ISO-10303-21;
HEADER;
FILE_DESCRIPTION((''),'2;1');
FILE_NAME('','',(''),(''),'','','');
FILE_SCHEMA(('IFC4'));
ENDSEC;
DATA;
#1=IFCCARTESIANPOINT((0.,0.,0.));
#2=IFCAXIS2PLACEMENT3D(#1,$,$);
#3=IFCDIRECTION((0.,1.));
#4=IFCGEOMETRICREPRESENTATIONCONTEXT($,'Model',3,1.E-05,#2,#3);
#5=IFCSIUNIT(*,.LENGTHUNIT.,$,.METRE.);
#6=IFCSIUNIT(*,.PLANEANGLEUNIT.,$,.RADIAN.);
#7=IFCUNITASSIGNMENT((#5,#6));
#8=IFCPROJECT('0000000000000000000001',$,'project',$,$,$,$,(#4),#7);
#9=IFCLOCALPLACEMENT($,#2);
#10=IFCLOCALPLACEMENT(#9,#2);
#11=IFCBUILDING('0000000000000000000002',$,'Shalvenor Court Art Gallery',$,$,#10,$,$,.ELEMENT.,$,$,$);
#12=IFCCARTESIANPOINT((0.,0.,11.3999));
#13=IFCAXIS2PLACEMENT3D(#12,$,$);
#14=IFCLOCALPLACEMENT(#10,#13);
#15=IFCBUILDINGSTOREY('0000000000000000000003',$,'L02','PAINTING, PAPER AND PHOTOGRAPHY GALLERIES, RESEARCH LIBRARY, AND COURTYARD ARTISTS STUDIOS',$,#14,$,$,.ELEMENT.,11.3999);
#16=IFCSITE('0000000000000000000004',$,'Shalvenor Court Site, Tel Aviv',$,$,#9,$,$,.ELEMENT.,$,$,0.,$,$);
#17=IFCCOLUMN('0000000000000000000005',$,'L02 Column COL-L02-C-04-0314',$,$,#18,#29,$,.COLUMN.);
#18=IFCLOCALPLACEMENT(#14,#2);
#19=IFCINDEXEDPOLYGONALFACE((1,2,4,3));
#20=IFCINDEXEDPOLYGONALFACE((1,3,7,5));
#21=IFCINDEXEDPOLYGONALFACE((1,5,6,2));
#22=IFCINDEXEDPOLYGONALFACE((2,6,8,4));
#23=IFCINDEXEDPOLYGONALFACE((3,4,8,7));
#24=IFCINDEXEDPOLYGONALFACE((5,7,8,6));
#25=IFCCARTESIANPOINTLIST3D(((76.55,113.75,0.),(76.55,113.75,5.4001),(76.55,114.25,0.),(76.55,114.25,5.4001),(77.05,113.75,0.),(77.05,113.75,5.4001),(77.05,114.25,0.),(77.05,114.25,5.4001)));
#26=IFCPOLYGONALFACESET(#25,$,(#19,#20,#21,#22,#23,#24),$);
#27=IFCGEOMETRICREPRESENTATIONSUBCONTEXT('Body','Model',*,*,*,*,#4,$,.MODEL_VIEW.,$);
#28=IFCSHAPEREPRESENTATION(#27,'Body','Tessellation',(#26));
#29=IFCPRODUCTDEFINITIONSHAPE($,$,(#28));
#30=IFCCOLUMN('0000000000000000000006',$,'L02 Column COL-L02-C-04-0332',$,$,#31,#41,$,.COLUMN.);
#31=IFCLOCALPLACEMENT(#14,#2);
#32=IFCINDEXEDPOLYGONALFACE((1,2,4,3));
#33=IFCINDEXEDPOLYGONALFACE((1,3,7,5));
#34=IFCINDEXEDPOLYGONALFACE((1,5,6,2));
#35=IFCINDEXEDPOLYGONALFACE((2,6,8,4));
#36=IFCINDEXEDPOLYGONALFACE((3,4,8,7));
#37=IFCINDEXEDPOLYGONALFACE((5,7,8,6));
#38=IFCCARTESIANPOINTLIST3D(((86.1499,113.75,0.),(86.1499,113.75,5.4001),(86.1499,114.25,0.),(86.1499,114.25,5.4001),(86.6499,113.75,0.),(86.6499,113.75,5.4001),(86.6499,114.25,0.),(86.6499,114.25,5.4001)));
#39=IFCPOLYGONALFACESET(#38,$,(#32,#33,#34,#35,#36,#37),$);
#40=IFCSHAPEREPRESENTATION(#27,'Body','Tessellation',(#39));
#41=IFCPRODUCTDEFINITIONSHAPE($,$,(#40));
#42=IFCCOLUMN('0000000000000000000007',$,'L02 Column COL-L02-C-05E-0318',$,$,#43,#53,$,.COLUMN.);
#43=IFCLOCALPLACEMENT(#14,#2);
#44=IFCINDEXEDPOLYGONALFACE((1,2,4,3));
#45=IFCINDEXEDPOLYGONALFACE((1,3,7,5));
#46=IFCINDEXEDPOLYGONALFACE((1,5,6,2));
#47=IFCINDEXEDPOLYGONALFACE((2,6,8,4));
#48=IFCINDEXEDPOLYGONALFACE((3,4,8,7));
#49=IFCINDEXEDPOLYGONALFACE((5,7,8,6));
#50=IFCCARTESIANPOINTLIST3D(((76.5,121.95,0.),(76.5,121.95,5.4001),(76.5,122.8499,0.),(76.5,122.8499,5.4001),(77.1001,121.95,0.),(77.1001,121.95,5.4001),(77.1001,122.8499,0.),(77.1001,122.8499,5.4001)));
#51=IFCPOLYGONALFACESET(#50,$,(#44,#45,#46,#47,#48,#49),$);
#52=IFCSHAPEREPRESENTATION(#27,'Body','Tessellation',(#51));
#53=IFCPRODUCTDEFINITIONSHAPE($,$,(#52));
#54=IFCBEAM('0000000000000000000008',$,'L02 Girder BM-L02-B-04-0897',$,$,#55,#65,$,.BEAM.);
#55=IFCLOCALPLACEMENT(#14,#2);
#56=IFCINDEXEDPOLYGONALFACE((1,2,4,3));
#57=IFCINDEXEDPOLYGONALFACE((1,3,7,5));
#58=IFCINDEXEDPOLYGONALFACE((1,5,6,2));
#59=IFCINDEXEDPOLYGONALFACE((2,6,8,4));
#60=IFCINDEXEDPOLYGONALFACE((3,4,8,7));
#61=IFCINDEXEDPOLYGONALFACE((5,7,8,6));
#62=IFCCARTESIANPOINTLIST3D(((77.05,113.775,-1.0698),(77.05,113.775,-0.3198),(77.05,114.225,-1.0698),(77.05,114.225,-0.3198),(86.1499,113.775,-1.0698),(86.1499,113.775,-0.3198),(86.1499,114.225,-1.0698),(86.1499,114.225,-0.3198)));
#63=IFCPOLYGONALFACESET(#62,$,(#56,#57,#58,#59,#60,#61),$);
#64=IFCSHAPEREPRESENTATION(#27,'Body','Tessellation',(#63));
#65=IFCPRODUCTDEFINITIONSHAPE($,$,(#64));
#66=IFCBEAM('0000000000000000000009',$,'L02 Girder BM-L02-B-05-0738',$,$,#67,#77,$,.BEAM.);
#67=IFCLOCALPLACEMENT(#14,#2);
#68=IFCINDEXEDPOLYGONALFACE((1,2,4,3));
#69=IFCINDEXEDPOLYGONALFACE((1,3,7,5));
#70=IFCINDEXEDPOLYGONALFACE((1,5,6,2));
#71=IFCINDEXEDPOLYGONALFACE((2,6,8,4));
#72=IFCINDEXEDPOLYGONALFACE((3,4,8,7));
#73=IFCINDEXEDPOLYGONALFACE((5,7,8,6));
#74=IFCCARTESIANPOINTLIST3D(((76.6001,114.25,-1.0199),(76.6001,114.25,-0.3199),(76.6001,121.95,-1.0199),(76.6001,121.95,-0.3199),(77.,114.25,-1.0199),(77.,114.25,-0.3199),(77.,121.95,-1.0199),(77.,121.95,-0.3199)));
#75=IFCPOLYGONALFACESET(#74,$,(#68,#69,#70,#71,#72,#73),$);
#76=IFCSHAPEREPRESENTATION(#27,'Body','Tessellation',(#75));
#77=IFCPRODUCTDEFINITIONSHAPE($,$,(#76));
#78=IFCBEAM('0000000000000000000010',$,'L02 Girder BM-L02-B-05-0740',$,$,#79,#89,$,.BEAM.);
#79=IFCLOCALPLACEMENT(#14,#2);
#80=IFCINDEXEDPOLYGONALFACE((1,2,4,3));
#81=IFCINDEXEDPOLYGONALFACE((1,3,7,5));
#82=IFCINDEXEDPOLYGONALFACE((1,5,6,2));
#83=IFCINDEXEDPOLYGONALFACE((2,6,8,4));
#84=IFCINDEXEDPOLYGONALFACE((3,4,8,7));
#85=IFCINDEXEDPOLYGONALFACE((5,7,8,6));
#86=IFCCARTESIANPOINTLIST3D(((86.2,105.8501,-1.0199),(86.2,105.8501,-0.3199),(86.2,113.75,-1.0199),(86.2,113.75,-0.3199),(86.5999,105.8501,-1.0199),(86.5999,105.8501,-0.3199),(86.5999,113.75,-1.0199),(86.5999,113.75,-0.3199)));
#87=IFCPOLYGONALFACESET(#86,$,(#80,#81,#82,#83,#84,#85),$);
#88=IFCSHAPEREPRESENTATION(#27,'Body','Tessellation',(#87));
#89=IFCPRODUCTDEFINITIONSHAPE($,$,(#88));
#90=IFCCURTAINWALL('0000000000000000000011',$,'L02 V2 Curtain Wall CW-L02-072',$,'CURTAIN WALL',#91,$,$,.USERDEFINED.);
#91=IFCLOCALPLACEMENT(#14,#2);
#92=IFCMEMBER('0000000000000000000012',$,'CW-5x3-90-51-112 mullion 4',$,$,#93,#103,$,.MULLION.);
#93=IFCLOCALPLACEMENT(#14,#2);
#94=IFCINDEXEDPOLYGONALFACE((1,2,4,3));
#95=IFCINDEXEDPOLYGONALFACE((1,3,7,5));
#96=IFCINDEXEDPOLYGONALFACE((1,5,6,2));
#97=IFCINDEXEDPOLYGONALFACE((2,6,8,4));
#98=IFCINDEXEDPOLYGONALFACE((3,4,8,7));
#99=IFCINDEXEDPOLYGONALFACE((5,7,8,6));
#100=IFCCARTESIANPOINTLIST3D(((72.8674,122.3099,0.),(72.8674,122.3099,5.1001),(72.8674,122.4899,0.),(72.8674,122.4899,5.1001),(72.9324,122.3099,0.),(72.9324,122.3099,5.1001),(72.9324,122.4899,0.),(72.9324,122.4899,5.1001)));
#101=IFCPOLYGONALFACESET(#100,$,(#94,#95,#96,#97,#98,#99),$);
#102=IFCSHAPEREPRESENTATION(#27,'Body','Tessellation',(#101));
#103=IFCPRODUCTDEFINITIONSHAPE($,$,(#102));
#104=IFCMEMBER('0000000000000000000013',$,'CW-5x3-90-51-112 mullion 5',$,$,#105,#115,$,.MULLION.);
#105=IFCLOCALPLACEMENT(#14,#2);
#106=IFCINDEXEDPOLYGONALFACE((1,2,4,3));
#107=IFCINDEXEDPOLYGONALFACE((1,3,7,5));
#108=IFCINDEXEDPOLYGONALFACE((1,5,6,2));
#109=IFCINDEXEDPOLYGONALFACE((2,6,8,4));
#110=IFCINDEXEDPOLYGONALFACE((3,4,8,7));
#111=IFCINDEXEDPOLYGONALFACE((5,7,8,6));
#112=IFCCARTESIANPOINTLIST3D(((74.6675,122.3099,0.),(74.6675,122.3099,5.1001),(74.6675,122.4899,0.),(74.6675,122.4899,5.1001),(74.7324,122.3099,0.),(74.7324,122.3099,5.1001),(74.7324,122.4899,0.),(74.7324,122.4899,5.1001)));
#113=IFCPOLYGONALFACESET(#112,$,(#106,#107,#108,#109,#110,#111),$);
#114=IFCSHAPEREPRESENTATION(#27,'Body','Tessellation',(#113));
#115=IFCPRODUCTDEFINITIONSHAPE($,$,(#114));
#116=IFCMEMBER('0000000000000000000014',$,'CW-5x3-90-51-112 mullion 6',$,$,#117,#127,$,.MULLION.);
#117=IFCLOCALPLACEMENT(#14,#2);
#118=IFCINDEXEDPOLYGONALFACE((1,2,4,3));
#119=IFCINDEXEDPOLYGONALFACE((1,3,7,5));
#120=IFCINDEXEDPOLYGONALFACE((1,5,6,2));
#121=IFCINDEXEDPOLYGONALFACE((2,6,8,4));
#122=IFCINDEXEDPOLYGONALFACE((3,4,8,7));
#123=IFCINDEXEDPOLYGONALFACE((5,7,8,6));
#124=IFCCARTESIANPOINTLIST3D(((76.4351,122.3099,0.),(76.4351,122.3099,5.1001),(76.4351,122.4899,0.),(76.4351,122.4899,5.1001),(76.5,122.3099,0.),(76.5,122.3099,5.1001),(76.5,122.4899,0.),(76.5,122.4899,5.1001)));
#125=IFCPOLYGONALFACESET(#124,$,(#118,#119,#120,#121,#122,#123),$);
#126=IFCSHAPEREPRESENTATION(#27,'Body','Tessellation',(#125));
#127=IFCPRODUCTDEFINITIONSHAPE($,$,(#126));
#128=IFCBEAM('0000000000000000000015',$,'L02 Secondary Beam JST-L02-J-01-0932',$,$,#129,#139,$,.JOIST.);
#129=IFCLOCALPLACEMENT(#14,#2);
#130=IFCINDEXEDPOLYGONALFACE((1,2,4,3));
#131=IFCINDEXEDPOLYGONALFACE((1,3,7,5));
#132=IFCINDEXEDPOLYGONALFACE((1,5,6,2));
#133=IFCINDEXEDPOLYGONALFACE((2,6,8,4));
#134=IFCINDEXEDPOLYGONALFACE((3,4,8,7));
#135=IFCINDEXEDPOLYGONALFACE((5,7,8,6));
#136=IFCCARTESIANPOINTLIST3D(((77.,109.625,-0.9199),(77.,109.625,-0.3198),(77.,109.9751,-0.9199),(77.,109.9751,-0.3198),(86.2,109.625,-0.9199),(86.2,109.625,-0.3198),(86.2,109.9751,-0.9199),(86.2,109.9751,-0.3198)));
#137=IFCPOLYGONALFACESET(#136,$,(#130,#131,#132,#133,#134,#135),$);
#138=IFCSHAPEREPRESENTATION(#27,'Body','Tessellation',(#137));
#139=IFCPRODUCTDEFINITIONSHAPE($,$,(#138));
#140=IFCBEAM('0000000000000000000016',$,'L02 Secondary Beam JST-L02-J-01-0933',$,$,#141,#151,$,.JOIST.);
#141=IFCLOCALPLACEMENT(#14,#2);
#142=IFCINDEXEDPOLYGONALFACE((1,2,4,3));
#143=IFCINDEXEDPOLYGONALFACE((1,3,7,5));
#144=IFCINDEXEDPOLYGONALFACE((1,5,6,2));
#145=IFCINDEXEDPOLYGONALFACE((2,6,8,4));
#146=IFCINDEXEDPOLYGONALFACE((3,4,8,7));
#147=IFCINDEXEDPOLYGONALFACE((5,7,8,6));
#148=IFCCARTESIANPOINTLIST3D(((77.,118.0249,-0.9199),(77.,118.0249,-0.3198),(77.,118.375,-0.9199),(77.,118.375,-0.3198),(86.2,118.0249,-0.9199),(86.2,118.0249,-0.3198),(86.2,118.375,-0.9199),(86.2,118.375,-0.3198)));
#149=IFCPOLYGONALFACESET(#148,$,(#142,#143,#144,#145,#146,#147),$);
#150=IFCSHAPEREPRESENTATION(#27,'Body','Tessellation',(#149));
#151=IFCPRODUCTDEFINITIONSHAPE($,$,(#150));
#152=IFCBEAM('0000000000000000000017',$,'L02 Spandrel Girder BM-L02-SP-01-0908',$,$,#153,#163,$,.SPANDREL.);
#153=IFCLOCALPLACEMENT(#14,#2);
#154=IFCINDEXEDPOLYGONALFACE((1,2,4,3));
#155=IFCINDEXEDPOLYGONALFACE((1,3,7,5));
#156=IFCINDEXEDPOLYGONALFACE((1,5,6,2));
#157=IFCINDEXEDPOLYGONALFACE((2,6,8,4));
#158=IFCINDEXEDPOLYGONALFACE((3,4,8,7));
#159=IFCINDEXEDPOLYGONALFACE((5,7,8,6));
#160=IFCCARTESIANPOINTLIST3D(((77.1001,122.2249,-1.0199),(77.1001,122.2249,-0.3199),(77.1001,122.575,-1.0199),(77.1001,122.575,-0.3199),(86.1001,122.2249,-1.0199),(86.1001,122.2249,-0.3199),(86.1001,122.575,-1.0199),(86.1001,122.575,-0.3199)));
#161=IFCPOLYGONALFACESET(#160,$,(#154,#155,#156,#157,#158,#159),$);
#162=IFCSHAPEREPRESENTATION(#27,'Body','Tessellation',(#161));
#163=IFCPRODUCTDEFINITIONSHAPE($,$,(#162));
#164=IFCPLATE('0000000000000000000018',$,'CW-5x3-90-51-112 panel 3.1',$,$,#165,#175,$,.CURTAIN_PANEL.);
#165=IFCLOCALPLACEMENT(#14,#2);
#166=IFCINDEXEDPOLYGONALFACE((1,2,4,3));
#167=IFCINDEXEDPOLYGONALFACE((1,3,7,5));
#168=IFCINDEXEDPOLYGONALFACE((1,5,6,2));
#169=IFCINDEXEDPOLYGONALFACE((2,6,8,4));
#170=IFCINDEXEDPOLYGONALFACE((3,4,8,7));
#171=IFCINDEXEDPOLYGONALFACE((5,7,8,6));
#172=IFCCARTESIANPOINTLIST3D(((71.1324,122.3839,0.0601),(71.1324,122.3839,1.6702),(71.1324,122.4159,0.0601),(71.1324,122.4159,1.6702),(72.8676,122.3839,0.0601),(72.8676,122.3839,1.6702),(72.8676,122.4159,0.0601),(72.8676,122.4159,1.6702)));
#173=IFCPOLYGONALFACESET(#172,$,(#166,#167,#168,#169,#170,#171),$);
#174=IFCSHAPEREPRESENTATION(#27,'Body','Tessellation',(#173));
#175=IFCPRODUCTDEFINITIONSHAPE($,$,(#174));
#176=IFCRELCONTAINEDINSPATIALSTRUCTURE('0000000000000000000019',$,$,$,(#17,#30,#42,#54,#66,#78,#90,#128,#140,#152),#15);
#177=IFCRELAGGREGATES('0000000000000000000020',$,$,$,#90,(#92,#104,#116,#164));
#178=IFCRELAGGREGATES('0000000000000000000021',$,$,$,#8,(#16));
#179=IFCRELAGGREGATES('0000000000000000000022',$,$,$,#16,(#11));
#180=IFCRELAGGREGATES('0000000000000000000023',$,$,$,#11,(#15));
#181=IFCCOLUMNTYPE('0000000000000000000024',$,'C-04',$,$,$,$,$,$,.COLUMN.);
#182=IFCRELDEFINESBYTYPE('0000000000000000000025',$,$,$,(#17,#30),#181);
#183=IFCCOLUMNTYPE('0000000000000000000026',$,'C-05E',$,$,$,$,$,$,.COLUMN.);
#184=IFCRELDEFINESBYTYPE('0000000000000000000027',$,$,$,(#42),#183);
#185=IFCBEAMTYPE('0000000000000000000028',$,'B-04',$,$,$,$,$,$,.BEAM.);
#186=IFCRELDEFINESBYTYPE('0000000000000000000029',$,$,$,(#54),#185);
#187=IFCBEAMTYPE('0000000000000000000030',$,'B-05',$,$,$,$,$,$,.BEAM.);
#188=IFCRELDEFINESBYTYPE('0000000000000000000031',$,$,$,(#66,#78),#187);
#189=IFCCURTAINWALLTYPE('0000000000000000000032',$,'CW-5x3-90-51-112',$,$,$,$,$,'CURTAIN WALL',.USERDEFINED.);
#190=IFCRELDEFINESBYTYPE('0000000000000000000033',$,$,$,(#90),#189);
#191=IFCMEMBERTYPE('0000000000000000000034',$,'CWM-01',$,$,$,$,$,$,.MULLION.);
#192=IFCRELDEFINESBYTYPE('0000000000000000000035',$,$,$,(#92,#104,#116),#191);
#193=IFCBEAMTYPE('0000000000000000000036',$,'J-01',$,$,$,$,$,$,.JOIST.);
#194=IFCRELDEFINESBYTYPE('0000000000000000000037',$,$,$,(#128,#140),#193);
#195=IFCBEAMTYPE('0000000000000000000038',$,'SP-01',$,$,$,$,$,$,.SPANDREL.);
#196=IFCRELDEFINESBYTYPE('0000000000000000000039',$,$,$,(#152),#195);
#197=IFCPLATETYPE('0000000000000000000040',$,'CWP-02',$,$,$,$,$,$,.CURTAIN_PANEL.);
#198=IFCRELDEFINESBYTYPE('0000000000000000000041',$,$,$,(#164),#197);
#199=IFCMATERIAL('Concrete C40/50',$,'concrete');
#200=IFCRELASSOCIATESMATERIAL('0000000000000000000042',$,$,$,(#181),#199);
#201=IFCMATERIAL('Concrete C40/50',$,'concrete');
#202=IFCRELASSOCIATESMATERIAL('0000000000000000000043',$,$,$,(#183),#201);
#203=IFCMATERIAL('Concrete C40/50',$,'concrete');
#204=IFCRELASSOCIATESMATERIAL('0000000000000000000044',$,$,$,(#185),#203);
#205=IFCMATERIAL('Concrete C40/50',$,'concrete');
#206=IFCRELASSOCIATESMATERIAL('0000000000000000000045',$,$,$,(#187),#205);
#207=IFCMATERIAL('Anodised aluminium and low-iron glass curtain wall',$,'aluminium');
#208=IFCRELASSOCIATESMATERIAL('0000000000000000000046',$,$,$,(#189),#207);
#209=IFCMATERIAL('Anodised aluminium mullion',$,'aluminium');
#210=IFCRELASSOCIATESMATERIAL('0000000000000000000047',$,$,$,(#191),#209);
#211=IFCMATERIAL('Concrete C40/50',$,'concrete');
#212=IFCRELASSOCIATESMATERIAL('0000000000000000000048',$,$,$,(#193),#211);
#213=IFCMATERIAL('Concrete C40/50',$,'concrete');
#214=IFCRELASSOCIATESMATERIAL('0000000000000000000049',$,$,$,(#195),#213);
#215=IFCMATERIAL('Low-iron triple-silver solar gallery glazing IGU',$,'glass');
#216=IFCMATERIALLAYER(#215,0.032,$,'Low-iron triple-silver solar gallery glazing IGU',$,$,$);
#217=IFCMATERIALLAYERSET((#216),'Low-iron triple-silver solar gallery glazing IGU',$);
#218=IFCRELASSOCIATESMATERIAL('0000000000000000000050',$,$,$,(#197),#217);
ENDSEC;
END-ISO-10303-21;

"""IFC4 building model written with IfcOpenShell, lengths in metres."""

from ifc_helpers import new_model, si_unit, direction, frame, origin, origin_2d, place, context, subcontext, project, spatial, rectangle, extrude, material, layer, layer_set, material_profile, profile_set, type_object, element, aggregate, save


model = new_model("IFC4")

# Units and contexts
model_context = context("Model", 3, precision=1e-05, world=origin(), true_north=direction((0.0, 1.0)))
body_context = subcontext(model_context, "Body", "Model", "MODEL_VIEW")
ifc_project = project(units=[si_unit("LENGTHUNIT", "METRE"), si_unit("PLANEANGLEUNIT", "RADIAN")], contexts=[model_context])

# Site, building, storey
site_placement = place(None, origin())
site = spatial("IfcSite", under=ifc_project, at=site_placement, Name="Shalvenor Court Site, Tel Aviv", CompositionType="ELEMENT", RefElevation=0.0)
building_placement = place(site_placement, origin())
building = spatial("IfcBuilding", under=site, at=building_placement, Name="Shalvenor Court Art Gallery", CompositionType="ELEMENT")
storey_placement = place(building_placement, frame((0.0, 0.0, 11.3999)))
storey = spatial("IfcBuildingStorey", under=building, at=storey_placement, Name="L02", Description="PAINTING, PAPER AND PHOTOGRAPHY GALLERIES, RESEARCH LIBRARY, AND COURTYARD ARTISTS STUDIOS", CompositionType="ELEMENT", Elevation=11.3999)

# Columns
ifc_material_1 = material(Name="Concrete C40/50", Category="concrete")
ifc_material_profile_1 = material_profile(ifc_material_1, rectangle(XDim=0.5, YDim=0.5, at=origin_2d()), Name="RC 500x500")
ifc_profile_set_1 = profile_set([ifc_material_profile_1], Name="Concrete C40/50")
column_type_1 = type_object("IfcColumnType", Name="C-04", PredefinedType="COLUMN", material=ifc_profile_set_1)
for number, where, z_axis, x_axis, name in (
    (1, (76.8, 114.0, 0.0), (0.0, 0.0, 1.0), (1.0, 0.0, 0.0), "L02 Column COL-L02-C-04-0314"),
    (2, (86.3999, 114.0, 0.0), (0.0, 0.0, 1.0), (1.0, 0.0, 0.0), "L02 Column COL-L02-C-04-0332"),
):
    element("IfcColumn", number, at=place(storey_placement, frame(where, z_axis=z_axis, x_axis=x_axis)), inside=storey, type_object=column_type_1, Name=name, PredefinedType="COLUMN", context=body_context, shape_type="SweptSolid", body=[
        extrude(rectangle(XDim=0.5, YDim=0.5, at=origin_2d()), origin(), (0.0, 0.0, 1.0), 5.4001),
    ])
ifc_material_2 = material(Name="Concrete C40/50", Category="concrete")
ifc_material_profile_2 = material_profile(ifc_material_2, rectangle(XDim=0.6001, YDim=0.8999, at=origin_2d()), Name="RC 600x900")
ifc_profile_set_2 = profile_set([ifc_material_profile_2], Name="Concrete C40/50")
column_type_2 = type_object("IfcColumnType", Name="C-05E", PredefinedType="COLUMN", material=ifc_profile_set_2)
column_placement = place(storey_placement, frame((76.8, 122.3999, 0.0), z_axis=(0.0, 0.0, 1.0), x_axis=(1.0, 0.0, 0.0)))
element("IfcColumn", 3, at=column_placement, inside=storey, type_object=column_type_2, Name="L02 Column COL-L02-C-05E-0318", PredefinedType="COLUMN", context=body_context, shape_type="SweptSolid", body=[
    extrude(rectangle(XDim=0.6001, YDim=0.8999, at=origin_2d()), origin(), (0.0, 0.0, 1.0), 5.4001),
])

# Beams
ifc_material_3 = material(Name="Concrete C40/50", Category="concrete")
ifc_material_profile_3 = material_profile(ifc_material_3, rectangle(XDim=0.45, YDim=0.75, at=origin_2d()), Name="RC 450x750")
ifc_profile_set_3 = profile_set([ifc_material_profile_3], Name="Concrete C40/50")
beam_type_1 = type_object("IfcBeamType", Name="B-04", PredefinedType="BEAM", material=ifc_profile_set_3)
beam_1_placement = place(storey_placement, frame((77.05, 114.0, -0.6948), z_axis=(1.0, 0.0, 0.0), x_axis=(0.0, 1.0, 0.0)))
element("IfcBeam", 4, at=beam_1_placement, inside=storey, type_object=beam_type_1, Name="L02 Girder BM-L02-B-04-0897", PredefinedType="BEAM", context=body_context, shape_type="SweptSolid", body=[
    extrude(rectangle(XDim=0.45, YDim=0.75, at=origin_2d()), origin(), (0.0, 0.0, 1.0), 9.0999),
])
ifc_material_4 = material(Name="Concrete C40/50", Category="concrete")
ifc_material_profile_4 = material_profile(ifc_material_4, rectangle(XDim=0.3999, YDim=0.7, at=origin_2d()), Name="RC 400x700")
ifc_profile_set_4 = profile_set([ifc_material_profile_4], Name="Concrete C40/50")
beam_type_2 = type_object("IfcBeamType", Name="B-05", PredefinedType="BEAM", material=ifc_profile_set_4)
beam_2_placement = place(storey_placement, frame((76.8, 114.25, -0.6699), z_axis=(0.0, 1.0, 0.0), x_axis=(-1.0, 0.0, 0.0)))
element("IfcBeam", 5, at=beam_2_placement, inside=storey, type_object=beam_type_2, Name="L02 Girder BM-L02-B-05-0738", PredefinedType="BEAM", context=body_context, shape_type="SweptSolid", body=[
    extrude(rectangle(XDim=0.3999, YDim=0.7, at=origin_2d()), origin(), (0.0, 0.0, 1.0), 7.7),
])
beam_3_placement = place(storey_placement, frame((86.3999, 105.8501, -0.6699), z_axis=(0.0, 1.0, 0.0), x_axis=(-1.0, 0.0, 0.0)))
element("IfcBeam", 6, at=beam_3_placement, inside=storey, type_object=beam_type_2, Name="L02 Girder BM-L02-B-05-0740", PredefinedType="BEAM", context=body_context, shape_type="SweptSolid", body=[
    extrude(rectangle(XDim=0.3999, YDim=0.7, at=origin_2d()), origin(), (0.0, 0.0, 1.0), 7.8999),
])

# Curtain wall, members
ifc_material_5 = material(Name="Anodised aluminium and low-iron glass curtain wall", Category="aluminium")
curtain_wall_type = type_object("IfcCurtainWallType", Name="CW-5x3-90-51-112", ElementType="CURTAIN WALL", PredefinedType="USERDEFINED", material=ifc_material_5)
curtain_wall_placement = place(storey_placement, origin())
curtain_wall = element("IfcCurtainWall", 7, at=curtain_wall_placement, inside=storey, type_object=curtain_wall_type, Name="L02 V2 Curtain Wall CW-L02-072", ObjectType="CURTAIN WALL", PredefinedType="USERDEFINED")
ifc_material_6 = material(Name="Anodised aluminium mullion", Category="aluminium")
ifc_material_profile_5 = material_profile(ifc_material_6, rectangle(XDim=0.0649, YDim=0.1799, at=origin_2d()), Name="CWM-01")
ifc_profile_set_5 = profile_set([ifc_material_profile_5], Name="Anodised aluminium mullion")
member_type = type_object("IfcMemberType", Name="CWM-01", PredefinedType="MULLION", material=ifc_profile_set_5)
member_1_placement = place(storey_placement, frame((72.8999, 122.3999, 0.0), z_axis=(0.0, 0.0, 1.0), x_axis=(1.0, 0.0, 0.0)))
member_1 = element("IfcMember", 8, at=member_1_placement, type_object=member_type, Name="CW-5x3-90-51-112 mullion 4", PredefinedType="MULLION", context=body_context, shape_type="SweptSolid", body=[
    extrude(rectangle(XDim=0.0649, YDim=0.1799, at=origin_2d()), origin(), (0.0, 0.0, 1.0), 5.1001),
])
member_2_placement = place(storey_placement, frame((74.7, 122.3999, 0.0), z_axis=(0.0, 0.0, 1.0), x_axis=(1.0, 0.0, 0.0)))
member_2 = element("IfcMember", 9, at=member_2_placement, type_object=member_type, Name="CW-5x3-90-51-112 mullion 5", PredefinedType="MULLION", context=body_context, shape_type="SweptSolid", body=[
    extrude(rectangle(XDim=0.0649, YDim=0.1799, at=origin_2d()), origin(), (0.0, 0.0, 1.0), 5.1001),
])
member_3_placement = place(storey_placement, frame((76.4675, 122.3999, 0.0), z_axis=(0.0, 0.0, 1.0), x_axis=(1.0, 0.0, 0.0)))
member_3 = element("IfcMember", 10, at=member_3_placement, type_object=member_type, Name="CW-5x3-90-51-112 mullion 6", PredefinedType="MULLION", context=body_context, shape_type="SweptSolid", body=[
    extrude(rectangle(XDim=0.0649, YDim=0.1799, at=origin_2d()), origin(), (0.0, 0.0, 1.0), 5.1001),
])

# Beams
ifc_material_7 = material(Name="Concrete C40/50", Category="concrete")
ifc_material_profile_6 = material_profile(ifc_material_7, rectangle(XDim=0.3501, YDim=0.6001, at=origin_2d()), Name="RC 350x600")
ifc_profile_set_6 = profile_set([ifc_material_profile_6], Name="Concrete C40/50")
beam_type_3 = type_object("IfcBeamType", Name="J-01", PredefinedType="JOIST", material=ifc_profile_set_6)
for number, where, z_axis, x_axis, name in (
    (11, (77.0, 109.8, -0.6199), (1.0, 0.0, 0.0), (0.0, 1.0, 0.0), "L02 Secondary Beam JST-L02-J-01-0932"),
    (12, (77.0, 118.2, -0.6199), (1.0, 0.0, 0.0), (0.0, 1.0, 0.0), "L02 Secondary Beam JST-L02-J-01-0933"),
):
    element("IfcBeam", number, at=place(storey_placement, frame(where, z_axis=z_axis, x_axis=x_axis)), inside=storey, type_object=beam_type_3, Name=name, PredefinedType="JOIST", context=body_context, shape_type="SweptSolid", body=[
        extrude(rectangle(XDim=0.3501, YDim=0.6001, at=origin_2d()), origin(), (0.0, 0.0, 1.0), 9.2),
    ])
ifc_material_8 = material(Name="Concrete C40/50", Category="concrete")
ifc_material_profile_7 = material_profile(ifc_material_8, rectangle(XDim=0.3501, YDim=0.7, at=origin_2d()), Name="RC 350x700")
ifc_profile_set_7 = profile_set([ifc_material_profile_7], Name="Concrete C40/50")
beam_type_4 = type_object("IfcBeamType", Name="SP-01", PredefinedType="SPANDREL", material=ifc_profile_set_7)
beam_4_placement = place(storey_placement, frame((77.1001, 122.3999, -0.6699), z_axis=(1.0, 0.0, 0.0), x_axis=(0.0, 1.0, 0.0)))
element("IfcBeam", 13, at=beam_4_placement, inside=storey, type_object=beam_type_4, Name="L02 Spandrel Girder BM-L02-SP-01-0908", PredefinedType="SPANDREL", context=body_context, shape_type="SweptSolid", body=[
    extrude(rectangle(XDim=0.3501, YDim=0.7, at=origin_2d()), origin(), (0.0, 0.0, 1.0), 9.0),
])

# Plate
ifc_material_9 = material(Name="Low-iron triple-silver solar gallery glazing IGU", Category="glass")
ifc_layer_1 = layer(ifc_material_9, 0.032, Name="Low-iron triple-silver solar gallery glazing IGU")
ifc_layer_set_1 = layer_set([ifc_layer_1], Name="Low-iron triple-silver solar gallery glazing IGU")
plate_type_1 = type_object("IfcPlateType", Name="CWP-02", PredefinedType="CURTAIN_PANEL", material=ifc_layer_set_1)
plate_1_placement = place(storey_placement, frame((72.0, 122.3999, 0.0601), z_axis=(0.0, 0.0, 1.0), x_axis=(1.0, 0.0, 0.0)))
plate_1 = element("IfcPlate", 14, at=plate_1_placement, type_object=plate_type_1, Name="CW-5x3-90-51-112 panel 3.1", PredefinedType="CURTAIN_PANEL", context=body_context, shape_type="SweptSolid", body=[
    extrude(rectangle(XDim=1.7351, YDim=0.032, at=origin_2d()), origin(), (0.0, 0.0, 1.0), 1.6101),
])
aggregate(curtain_wall, [member_1, member_2, member_3, plate_1])

save(model, "model.ifc")
